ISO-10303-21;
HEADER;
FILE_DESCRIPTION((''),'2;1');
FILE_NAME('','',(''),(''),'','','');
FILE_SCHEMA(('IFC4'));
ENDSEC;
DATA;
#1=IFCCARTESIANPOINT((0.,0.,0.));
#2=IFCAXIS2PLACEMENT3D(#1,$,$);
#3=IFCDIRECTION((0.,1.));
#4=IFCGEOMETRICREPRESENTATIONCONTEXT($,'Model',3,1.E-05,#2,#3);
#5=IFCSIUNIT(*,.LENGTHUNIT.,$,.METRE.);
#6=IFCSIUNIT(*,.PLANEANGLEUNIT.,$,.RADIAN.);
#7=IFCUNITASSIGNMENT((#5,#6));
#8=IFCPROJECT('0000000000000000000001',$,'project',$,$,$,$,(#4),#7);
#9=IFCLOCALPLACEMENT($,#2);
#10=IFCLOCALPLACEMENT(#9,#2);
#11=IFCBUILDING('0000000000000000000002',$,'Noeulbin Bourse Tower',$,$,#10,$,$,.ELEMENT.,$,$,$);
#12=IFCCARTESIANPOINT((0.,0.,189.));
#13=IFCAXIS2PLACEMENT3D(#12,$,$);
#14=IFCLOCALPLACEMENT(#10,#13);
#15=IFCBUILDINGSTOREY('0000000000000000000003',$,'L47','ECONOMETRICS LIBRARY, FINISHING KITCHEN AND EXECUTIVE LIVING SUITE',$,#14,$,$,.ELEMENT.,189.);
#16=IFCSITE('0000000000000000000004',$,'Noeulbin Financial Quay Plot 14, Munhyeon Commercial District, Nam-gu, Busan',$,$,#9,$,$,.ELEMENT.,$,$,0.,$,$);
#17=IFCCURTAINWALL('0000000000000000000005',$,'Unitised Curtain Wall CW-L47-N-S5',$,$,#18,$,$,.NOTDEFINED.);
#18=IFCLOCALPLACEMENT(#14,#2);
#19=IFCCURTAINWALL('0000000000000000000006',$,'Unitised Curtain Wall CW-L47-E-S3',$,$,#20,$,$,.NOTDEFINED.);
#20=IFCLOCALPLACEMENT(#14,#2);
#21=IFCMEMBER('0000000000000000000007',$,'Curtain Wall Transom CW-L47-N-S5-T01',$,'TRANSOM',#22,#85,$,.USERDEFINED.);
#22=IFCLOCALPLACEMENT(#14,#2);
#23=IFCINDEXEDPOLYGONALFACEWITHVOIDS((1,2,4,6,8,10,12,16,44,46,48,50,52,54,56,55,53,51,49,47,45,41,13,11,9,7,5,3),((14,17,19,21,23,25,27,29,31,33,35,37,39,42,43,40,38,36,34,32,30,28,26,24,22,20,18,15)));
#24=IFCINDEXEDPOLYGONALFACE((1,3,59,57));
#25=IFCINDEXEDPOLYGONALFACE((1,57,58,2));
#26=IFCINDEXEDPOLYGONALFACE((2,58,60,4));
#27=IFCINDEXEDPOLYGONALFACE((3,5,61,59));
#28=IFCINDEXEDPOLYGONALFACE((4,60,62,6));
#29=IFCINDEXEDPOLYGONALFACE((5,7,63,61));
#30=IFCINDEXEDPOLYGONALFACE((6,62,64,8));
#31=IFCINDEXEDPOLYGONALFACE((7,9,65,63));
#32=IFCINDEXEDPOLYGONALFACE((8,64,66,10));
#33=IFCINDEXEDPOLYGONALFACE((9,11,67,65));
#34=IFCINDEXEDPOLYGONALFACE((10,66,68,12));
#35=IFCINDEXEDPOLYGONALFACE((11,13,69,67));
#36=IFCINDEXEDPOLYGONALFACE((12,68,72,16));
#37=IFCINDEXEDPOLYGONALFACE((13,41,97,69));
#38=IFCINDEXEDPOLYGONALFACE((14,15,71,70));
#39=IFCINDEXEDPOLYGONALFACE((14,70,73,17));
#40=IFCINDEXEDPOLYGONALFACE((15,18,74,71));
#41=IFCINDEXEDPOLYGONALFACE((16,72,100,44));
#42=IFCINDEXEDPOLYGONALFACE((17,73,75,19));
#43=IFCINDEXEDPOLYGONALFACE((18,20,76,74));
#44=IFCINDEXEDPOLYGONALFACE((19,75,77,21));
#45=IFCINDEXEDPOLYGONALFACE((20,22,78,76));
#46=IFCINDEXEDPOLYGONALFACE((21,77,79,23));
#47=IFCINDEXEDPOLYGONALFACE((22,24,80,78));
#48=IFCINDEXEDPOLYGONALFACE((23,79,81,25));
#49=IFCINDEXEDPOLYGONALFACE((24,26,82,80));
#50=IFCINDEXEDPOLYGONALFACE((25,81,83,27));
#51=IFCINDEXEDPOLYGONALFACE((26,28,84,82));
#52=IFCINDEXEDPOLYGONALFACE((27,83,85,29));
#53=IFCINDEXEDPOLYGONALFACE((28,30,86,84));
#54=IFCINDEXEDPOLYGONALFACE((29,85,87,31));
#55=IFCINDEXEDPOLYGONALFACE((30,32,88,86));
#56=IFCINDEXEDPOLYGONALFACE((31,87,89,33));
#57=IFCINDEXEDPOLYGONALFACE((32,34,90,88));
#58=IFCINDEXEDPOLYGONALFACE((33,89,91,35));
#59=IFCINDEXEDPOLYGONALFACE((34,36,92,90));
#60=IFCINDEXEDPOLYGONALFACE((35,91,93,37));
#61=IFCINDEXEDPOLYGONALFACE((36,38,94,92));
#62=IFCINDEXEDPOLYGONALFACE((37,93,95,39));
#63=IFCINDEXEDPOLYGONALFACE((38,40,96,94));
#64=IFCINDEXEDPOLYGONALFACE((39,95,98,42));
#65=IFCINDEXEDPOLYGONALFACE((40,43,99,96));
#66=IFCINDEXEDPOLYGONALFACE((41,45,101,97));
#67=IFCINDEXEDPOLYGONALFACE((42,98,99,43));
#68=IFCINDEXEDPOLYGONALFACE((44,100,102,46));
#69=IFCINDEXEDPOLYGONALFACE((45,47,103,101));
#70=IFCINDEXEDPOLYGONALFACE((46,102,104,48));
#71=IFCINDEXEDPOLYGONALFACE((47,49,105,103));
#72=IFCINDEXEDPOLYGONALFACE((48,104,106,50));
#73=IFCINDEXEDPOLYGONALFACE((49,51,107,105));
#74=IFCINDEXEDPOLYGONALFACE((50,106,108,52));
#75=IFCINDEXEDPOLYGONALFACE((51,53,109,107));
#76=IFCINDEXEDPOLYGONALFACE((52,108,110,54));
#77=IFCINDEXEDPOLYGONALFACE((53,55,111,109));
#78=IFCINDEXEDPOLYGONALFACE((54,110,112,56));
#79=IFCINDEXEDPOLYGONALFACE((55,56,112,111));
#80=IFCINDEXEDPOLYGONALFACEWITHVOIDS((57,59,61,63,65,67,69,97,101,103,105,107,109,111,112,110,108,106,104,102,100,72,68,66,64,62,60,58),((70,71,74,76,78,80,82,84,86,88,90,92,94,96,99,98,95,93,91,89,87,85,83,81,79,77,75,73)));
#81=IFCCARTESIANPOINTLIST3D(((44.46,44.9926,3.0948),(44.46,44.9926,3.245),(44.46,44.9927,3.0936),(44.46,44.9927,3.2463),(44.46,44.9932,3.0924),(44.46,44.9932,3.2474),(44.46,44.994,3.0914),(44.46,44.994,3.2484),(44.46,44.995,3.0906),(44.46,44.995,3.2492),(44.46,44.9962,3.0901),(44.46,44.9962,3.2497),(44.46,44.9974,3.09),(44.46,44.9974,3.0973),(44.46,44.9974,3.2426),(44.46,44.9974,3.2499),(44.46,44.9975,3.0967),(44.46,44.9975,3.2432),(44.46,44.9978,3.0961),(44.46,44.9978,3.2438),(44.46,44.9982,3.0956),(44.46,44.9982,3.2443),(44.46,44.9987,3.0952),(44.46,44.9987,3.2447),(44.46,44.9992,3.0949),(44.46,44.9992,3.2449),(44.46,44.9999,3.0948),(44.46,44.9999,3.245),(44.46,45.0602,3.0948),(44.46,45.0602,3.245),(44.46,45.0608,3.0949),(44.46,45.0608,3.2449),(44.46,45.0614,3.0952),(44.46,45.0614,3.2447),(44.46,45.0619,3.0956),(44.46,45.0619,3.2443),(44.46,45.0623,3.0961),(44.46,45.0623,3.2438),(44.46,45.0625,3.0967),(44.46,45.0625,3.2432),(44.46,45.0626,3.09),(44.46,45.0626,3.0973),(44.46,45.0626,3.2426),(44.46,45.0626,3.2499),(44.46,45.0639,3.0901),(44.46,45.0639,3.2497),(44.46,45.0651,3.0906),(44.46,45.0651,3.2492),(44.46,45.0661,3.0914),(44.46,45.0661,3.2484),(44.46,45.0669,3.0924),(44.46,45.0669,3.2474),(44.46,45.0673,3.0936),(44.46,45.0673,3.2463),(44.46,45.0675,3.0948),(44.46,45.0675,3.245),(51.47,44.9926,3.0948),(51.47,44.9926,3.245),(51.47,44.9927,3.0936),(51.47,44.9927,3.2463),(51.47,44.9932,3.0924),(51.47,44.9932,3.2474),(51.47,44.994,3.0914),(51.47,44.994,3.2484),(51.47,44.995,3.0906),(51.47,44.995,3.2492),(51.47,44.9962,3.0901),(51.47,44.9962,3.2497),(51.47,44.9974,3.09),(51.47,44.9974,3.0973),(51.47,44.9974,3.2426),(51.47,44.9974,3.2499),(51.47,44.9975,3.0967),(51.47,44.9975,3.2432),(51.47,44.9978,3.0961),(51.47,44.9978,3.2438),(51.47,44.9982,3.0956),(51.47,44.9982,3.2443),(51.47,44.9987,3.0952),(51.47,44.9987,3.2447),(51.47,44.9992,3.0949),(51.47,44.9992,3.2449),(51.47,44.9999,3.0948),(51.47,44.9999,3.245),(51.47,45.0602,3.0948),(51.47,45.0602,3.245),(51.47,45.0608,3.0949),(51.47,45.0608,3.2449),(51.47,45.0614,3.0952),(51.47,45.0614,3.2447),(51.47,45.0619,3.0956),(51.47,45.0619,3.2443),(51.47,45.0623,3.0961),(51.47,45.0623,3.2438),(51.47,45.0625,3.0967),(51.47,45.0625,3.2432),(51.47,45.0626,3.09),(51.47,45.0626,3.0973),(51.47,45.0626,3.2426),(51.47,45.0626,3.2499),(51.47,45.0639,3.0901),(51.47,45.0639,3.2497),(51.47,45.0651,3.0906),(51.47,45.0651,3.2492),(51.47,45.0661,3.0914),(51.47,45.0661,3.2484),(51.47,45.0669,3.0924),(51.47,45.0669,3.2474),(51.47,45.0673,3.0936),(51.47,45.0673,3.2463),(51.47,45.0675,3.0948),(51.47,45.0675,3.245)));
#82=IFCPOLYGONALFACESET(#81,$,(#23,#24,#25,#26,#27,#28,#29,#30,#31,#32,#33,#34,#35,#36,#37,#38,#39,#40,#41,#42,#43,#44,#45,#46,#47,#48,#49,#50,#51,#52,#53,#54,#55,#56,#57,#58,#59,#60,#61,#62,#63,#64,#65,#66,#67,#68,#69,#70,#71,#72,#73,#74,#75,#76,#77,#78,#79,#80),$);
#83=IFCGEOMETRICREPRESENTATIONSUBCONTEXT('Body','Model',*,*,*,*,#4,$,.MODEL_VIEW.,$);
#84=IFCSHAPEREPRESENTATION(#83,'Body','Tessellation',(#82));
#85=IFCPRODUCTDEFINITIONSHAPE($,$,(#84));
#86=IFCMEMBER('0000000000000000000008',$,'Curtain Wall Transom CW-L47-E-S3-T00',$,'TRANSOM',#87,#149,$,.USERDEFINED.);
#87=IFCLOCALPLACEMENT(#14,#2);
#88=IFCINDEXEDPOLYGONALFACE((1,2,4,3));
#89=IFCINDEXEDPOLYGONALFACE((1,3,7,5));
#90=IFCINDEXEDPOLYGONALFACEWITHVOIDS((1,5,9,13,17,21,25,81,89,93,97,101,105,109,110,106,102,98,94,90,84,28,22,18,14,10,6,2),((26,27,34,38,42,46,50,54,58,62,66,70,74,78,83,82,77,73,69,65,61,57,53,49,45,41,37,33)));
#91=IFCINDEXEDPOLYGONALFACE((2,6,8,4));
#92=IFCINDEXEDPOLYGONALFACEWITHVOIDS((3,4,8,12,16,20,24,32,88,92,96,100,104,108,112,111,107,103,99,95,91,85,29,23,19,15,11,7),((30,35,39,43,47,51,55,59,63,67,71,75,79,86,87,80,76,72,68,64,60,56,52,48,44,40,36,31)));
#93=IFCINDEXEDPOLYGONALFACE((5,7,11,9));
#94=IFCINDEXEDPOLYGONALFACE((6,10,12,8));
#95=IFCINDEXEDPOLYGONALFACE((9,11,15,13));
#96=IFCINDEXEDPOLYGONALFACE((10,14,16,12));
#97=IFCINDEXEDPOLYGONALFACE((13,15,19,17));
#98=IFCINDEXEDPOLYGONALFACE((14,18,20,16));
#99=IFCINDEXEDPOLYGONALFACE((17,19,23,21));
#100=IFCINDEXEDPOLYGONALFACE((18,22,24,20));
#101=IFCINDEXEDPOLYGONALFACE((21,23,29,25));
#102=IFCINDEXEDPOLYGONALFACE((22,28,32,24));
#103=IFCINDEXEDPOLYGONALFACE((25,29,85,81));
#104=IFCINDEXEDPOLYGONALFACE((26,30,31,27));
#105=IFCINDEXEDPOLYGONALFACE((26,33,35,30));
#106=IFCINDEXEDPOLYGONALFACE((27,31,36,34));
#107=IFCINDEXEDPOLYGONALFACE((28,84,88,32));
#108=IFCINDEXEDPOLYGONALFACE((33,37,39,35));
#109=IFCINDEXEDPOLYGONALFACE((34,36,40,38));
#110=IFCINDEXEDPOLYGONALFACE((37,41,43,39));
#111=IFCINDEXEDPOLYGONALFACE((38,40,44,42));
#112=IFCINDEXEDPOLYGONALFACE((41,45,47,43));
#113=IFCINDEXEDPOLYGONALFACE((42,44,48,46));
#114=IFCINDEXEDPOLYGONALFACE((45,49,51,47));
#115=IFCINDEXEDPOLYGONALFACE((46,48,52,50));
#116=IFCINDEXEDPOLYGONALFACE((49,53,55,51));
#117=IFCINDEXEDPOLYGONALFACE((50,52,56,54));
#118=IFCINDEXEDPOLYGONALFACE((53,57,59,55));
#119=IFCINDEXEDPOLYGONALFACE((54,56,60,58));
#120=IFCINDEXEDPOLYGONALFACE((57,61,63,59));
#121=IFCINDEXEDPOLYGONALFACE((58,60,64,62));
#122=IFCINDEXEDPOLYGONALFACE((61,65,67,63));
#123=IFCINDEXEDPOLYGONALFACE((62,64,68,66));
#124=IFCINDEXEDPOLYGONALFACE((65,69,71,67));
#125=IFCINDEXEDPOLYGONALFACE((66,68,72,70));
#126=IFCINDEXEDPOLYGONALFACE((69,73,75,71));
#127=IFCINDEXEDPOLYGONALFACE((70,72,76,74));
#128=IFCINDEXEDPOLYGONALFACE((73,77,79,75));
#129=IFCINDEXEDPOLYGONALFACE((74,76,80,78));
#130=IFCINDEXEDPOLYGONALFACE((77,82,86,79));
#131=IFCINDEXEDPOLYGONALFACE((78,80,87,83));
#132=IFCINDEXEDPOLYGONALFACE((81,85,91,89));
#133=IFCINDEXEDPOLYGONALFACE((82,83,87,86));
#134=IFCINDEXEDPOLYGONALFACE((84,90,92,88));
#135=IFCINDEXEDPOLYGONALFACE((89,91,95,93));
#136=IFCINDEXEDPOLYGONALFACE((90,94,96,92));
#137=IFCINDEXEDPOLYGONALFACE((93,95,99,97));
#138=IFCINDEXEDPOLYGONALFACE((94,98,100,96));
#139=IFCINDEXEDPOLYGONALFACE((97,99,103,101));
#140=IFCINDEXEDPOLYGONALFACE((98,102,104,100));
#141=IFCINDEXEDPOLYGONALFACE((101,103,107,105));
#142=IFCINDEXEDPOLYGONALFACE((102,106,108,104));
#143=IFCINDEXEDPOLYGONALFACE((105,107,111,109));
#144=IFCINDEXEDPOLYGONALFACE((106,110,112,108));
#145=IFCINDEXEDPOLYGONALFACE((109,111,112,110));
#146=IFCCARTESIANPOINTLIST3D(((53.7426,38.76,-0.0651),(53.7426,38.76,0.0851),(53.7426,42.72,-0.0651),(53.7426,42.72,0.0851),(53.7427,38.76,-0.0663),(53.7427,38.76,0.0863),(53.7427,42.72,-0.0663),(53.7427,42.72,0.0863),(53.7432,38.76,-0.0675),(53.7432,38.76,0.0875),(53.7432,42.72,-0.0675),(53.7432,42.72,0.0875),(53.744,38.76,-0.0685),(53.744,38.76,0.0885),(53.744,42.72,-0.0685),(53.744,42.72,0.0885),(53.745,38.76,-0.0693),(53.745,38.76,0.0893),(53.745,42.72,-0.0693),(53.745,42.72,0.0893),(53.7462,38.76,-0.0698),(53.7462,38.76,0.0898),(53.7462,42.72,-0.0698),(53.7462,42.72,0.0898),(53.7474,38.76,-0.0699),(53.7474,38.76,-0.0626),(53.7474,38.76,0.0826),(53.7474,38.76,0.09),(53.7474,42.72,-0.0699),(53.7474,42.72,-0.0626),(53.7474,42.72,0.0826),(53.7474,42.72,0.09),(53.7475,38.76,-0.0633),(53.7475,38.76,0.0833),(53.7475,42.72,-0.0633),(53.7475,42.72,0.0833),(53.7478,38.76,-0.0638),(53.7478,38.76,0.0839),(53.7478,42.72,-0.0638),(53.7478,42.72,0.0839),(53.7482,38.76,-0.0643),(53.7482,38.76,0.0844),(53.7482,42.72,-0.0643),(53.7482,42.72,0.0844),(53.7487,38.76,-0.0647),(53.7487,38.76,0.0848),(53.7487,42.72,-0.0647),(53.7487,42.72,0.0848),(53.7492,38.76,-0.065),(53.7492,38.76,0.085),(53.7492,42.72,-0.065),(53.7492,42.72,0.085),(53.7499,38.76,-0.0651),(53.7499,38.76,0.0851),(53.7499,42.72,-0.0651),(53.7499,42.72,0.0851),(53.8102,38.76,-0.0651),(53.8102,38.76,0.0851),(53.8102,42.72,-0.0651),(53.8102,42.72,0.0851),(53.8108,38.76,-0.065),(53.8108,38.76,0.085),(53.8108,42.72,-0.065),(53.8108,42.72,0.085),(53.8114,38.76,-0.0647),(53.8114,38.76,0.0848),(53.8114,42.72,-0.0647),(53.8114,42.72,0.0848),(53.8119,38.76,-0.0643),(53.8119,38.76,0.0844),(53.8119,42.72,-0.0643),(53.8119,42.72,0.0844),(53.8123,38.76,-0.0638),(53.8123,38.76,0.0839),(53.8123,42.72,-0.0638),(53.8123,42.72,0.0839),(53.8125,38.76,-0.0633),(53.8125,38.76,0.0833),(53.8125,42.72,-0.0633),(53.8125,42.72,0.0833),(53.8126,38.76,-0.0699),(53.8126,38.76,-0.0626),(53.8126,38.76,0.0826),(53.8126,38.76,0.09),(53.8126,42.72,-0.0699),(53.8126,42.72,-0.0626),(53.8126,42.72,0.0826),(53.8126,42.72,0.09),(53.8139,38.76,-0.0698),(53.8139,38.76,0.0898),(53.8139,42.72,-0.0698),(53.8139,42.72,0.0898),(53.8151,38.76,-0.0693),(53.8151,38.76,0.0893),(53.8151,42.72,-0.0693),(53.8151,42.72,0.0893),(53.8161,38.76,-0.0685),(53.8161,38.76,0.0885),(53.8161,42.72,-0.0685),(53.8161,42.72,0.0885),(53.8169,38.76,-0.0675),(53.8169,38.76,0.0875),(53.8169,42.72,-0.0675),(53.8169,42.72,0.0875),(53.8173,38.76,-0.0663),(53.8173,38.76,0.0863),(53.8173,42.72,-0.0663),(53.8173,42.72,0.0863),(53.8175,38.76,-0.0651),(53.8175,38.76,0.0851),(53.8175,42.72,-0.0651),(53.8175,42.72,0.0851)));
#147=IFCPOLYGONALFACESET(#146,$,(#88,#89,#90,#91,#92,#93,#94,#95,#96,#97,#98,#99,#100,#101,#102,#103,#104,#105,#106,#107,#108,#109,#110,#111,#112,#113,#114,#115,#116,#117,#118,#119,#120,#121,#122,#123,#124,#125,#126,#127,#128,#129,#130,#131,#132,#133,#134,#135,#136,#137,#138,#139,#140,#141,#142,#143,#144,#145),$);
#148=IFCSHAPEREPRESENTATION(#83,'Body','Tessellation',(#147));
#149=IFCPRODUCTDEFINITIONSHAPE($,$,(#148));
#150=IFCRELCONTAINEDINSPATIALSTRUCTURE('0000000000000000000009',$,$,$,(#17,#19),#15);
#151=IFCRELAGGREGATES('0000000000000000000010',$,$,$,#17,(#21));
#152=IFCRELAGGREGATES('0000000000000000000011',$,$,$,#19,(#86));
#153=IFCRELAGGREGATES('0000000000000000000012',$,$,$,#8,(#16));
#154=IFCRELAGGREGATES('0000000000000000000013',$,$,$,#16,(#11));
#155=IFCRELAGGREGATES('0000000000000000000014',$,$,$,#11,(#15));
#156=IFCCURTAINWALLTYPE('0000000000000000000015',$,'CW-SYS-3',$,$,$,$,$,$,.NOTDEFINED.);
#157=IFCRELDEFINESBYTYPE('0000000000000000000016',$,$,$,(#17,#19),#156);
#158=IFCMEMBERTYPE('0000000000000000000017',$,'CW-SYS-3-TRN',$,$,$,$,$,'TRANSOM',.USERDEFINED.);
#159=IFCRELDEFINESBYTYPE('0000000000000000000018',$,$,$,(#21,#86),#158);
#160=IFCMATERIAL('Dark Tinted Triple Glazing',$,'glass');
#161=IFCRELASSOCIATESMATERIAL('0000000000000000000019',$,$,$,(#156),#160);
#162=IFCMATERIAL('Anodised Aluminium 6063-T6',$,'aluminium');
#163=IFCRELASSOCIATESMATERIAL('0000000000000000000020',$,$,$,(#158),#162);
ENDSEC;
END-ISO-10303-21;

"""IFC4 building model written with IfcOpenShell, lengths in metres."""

from ifc_helpers import new_model, si_unit, direction, frame, origin, origin_2d, place, context, subcontext, project, spatial, hollow_rectangle, extrude, material, material_profile, profile_set, type_object, element, aggregate, save


model = new_model("IFC4")

# Units and contexts
model_context = context("Model", 3, precision=1e-05, world=origin(), true_north=direction((0.0, 1.0)))
body_context = subcontext(model_context, "Body", "Model", "MODEL_VIEW")
ifc_project = project(units=[si_unit("LENGTHUNIT", "METRE"), si_unit("PLANEANGLEUNIT", "RADIAN")], contexts=[model_context])

# Site, building, storey
site_placement = place(None, origin())
site = spatial("IfcSite", under=ifc_project, at=site_placement, Name="Noeulbin Financial Quay Plot 14, Munhyeon Commercial District, Nam-gu, Busan", CompositionType="ELEMENT", RefElevation=0.0)
building_placement = place(site_placement, origin())
building = spatial("IfcBuilding", under=site, at=building_placement, Name="Noeulbin Bourse Tower", CompositionType="ELEMENT")
storey_placement = place(building_placement, frame((0.0, 0.0, 189.0)))
storey = spatial("IfcBuildingStorey", under=building, at=storey_placement, Name="L47", Description="ECONOMETRICS LIBRARY, FINISHING KITCHEN AND EXECUTIVE LIVING SUITE", CompositionType="ELEMENT", Elevation=189.0)

# Shared definitions
ifc_material_1 = material(Name="Dark Tinted Triple Glazing", Category="glass")
curtain_wall_type = type_object("IfcCurtainWallType", Name="CW-SYS-3", PredefinedType="NOTDEFINED", material=ifc_material_1)
ifc_material_2 = material(Name="Anodised Aluminium 6063-T6", Category="aluminium")

# Curtain walls
curtain_wall_1_placement = place(storey_placement, origin())
curtain_wall_1 = element("IfcCurtainWall", 1, at=curtain_wall_1_placement, inside=storey, type_object=curtain_wall_type, Name="Unitised Curtain Wall CW-L47-N-S5", PredefinedType="NOTDEFINED")
curtain_wall_2_placement = place(storey_placement, origin())
curtain_wall_2 = element("IfcCurtainWall", 2, at=curtain_wall_2_placement, inside=storey, type_object=curtain_wall_type, Name="Unitised Curtain Wall CW-L47-E-S3", PredefinedType="NOTDEFINED")

# Members
ifc_material_profile_1 = material_profile(ifc_material_2, hollow_rectangle(XDim=0.075, YDim=0.1599, WallThickness=0.0049, InnerFilletRadius=0.0024, OuterFilletRadius=0.0049, at=origin_2d()), Name="ALU-TRAN-75x160x5", Category="LoadBearing")
ifc_profile_set_1 = profile_set([ifc_material_profile_1], Name="Anodised Aluminium 6063-T6")
member_type_1 = type_object("IfcMemberType", Name="CW-SYS-3-TRN", ElementType="TRANSOM", PredefinedType="USERDEFINED", material=ifc_profile_set_1)
member_1_placement = place(storey_placement, frame((44.46, 45.03, 3.1699), z_axis=(1.0, 0.0, 0.0), x_axis=(0.0, 1.0, 0.0)))
member_1 = element("IfcMember", 3, at=member_1_placement, type_object=member_type_1, Name="Curtain Wall Transom CW-L47-N-S5-T01", ObjectType="TRANSOM", PredefinedType="USERDEFINED", context=body_context, shape_type="SweptSolid", body=[
    extrude(hollow_rectangle(XDim=0.075, YDim=0.1599, WallThickness=0.0049, InnerFilletRadius=0.0024, OuterFilletRadius=0.0049, at=origin_2d()), origin(), (0.0, 0.0, 1.0), 7.01),
])
member_2_placement = place(storey_placement, frame((53.78, 38.76, 0.01), z_axis=(0.0, 1.0, 0.0), x_axis=(-1.0, 0.0, 0.0)))
member_2 = element("IfcMember", 4, at=member_2_placement, type_object=member_type_1, Name="Curtain Wall Transom CW-L47-E-S3-T00", ObjectType="TRANSOM", PredefinedType="USERDEFINED", context=body_context, shape_type="SweptSolid", body=[
    extrude(hollow_rectangle(XDim=0.075, YDim=0.1599, WallThickness=0.0049, InnerFilletRadius=0.0024, OuterFilletRadius=0.0049, at=origin_2d()), origin(), (0.0, 0.0, 1.0), 3.96),
])

aggregate(curtain_wall_1, [member_1])
aggregate(curtain_wall_2, [member_2])

save(model, "model.ifc")
